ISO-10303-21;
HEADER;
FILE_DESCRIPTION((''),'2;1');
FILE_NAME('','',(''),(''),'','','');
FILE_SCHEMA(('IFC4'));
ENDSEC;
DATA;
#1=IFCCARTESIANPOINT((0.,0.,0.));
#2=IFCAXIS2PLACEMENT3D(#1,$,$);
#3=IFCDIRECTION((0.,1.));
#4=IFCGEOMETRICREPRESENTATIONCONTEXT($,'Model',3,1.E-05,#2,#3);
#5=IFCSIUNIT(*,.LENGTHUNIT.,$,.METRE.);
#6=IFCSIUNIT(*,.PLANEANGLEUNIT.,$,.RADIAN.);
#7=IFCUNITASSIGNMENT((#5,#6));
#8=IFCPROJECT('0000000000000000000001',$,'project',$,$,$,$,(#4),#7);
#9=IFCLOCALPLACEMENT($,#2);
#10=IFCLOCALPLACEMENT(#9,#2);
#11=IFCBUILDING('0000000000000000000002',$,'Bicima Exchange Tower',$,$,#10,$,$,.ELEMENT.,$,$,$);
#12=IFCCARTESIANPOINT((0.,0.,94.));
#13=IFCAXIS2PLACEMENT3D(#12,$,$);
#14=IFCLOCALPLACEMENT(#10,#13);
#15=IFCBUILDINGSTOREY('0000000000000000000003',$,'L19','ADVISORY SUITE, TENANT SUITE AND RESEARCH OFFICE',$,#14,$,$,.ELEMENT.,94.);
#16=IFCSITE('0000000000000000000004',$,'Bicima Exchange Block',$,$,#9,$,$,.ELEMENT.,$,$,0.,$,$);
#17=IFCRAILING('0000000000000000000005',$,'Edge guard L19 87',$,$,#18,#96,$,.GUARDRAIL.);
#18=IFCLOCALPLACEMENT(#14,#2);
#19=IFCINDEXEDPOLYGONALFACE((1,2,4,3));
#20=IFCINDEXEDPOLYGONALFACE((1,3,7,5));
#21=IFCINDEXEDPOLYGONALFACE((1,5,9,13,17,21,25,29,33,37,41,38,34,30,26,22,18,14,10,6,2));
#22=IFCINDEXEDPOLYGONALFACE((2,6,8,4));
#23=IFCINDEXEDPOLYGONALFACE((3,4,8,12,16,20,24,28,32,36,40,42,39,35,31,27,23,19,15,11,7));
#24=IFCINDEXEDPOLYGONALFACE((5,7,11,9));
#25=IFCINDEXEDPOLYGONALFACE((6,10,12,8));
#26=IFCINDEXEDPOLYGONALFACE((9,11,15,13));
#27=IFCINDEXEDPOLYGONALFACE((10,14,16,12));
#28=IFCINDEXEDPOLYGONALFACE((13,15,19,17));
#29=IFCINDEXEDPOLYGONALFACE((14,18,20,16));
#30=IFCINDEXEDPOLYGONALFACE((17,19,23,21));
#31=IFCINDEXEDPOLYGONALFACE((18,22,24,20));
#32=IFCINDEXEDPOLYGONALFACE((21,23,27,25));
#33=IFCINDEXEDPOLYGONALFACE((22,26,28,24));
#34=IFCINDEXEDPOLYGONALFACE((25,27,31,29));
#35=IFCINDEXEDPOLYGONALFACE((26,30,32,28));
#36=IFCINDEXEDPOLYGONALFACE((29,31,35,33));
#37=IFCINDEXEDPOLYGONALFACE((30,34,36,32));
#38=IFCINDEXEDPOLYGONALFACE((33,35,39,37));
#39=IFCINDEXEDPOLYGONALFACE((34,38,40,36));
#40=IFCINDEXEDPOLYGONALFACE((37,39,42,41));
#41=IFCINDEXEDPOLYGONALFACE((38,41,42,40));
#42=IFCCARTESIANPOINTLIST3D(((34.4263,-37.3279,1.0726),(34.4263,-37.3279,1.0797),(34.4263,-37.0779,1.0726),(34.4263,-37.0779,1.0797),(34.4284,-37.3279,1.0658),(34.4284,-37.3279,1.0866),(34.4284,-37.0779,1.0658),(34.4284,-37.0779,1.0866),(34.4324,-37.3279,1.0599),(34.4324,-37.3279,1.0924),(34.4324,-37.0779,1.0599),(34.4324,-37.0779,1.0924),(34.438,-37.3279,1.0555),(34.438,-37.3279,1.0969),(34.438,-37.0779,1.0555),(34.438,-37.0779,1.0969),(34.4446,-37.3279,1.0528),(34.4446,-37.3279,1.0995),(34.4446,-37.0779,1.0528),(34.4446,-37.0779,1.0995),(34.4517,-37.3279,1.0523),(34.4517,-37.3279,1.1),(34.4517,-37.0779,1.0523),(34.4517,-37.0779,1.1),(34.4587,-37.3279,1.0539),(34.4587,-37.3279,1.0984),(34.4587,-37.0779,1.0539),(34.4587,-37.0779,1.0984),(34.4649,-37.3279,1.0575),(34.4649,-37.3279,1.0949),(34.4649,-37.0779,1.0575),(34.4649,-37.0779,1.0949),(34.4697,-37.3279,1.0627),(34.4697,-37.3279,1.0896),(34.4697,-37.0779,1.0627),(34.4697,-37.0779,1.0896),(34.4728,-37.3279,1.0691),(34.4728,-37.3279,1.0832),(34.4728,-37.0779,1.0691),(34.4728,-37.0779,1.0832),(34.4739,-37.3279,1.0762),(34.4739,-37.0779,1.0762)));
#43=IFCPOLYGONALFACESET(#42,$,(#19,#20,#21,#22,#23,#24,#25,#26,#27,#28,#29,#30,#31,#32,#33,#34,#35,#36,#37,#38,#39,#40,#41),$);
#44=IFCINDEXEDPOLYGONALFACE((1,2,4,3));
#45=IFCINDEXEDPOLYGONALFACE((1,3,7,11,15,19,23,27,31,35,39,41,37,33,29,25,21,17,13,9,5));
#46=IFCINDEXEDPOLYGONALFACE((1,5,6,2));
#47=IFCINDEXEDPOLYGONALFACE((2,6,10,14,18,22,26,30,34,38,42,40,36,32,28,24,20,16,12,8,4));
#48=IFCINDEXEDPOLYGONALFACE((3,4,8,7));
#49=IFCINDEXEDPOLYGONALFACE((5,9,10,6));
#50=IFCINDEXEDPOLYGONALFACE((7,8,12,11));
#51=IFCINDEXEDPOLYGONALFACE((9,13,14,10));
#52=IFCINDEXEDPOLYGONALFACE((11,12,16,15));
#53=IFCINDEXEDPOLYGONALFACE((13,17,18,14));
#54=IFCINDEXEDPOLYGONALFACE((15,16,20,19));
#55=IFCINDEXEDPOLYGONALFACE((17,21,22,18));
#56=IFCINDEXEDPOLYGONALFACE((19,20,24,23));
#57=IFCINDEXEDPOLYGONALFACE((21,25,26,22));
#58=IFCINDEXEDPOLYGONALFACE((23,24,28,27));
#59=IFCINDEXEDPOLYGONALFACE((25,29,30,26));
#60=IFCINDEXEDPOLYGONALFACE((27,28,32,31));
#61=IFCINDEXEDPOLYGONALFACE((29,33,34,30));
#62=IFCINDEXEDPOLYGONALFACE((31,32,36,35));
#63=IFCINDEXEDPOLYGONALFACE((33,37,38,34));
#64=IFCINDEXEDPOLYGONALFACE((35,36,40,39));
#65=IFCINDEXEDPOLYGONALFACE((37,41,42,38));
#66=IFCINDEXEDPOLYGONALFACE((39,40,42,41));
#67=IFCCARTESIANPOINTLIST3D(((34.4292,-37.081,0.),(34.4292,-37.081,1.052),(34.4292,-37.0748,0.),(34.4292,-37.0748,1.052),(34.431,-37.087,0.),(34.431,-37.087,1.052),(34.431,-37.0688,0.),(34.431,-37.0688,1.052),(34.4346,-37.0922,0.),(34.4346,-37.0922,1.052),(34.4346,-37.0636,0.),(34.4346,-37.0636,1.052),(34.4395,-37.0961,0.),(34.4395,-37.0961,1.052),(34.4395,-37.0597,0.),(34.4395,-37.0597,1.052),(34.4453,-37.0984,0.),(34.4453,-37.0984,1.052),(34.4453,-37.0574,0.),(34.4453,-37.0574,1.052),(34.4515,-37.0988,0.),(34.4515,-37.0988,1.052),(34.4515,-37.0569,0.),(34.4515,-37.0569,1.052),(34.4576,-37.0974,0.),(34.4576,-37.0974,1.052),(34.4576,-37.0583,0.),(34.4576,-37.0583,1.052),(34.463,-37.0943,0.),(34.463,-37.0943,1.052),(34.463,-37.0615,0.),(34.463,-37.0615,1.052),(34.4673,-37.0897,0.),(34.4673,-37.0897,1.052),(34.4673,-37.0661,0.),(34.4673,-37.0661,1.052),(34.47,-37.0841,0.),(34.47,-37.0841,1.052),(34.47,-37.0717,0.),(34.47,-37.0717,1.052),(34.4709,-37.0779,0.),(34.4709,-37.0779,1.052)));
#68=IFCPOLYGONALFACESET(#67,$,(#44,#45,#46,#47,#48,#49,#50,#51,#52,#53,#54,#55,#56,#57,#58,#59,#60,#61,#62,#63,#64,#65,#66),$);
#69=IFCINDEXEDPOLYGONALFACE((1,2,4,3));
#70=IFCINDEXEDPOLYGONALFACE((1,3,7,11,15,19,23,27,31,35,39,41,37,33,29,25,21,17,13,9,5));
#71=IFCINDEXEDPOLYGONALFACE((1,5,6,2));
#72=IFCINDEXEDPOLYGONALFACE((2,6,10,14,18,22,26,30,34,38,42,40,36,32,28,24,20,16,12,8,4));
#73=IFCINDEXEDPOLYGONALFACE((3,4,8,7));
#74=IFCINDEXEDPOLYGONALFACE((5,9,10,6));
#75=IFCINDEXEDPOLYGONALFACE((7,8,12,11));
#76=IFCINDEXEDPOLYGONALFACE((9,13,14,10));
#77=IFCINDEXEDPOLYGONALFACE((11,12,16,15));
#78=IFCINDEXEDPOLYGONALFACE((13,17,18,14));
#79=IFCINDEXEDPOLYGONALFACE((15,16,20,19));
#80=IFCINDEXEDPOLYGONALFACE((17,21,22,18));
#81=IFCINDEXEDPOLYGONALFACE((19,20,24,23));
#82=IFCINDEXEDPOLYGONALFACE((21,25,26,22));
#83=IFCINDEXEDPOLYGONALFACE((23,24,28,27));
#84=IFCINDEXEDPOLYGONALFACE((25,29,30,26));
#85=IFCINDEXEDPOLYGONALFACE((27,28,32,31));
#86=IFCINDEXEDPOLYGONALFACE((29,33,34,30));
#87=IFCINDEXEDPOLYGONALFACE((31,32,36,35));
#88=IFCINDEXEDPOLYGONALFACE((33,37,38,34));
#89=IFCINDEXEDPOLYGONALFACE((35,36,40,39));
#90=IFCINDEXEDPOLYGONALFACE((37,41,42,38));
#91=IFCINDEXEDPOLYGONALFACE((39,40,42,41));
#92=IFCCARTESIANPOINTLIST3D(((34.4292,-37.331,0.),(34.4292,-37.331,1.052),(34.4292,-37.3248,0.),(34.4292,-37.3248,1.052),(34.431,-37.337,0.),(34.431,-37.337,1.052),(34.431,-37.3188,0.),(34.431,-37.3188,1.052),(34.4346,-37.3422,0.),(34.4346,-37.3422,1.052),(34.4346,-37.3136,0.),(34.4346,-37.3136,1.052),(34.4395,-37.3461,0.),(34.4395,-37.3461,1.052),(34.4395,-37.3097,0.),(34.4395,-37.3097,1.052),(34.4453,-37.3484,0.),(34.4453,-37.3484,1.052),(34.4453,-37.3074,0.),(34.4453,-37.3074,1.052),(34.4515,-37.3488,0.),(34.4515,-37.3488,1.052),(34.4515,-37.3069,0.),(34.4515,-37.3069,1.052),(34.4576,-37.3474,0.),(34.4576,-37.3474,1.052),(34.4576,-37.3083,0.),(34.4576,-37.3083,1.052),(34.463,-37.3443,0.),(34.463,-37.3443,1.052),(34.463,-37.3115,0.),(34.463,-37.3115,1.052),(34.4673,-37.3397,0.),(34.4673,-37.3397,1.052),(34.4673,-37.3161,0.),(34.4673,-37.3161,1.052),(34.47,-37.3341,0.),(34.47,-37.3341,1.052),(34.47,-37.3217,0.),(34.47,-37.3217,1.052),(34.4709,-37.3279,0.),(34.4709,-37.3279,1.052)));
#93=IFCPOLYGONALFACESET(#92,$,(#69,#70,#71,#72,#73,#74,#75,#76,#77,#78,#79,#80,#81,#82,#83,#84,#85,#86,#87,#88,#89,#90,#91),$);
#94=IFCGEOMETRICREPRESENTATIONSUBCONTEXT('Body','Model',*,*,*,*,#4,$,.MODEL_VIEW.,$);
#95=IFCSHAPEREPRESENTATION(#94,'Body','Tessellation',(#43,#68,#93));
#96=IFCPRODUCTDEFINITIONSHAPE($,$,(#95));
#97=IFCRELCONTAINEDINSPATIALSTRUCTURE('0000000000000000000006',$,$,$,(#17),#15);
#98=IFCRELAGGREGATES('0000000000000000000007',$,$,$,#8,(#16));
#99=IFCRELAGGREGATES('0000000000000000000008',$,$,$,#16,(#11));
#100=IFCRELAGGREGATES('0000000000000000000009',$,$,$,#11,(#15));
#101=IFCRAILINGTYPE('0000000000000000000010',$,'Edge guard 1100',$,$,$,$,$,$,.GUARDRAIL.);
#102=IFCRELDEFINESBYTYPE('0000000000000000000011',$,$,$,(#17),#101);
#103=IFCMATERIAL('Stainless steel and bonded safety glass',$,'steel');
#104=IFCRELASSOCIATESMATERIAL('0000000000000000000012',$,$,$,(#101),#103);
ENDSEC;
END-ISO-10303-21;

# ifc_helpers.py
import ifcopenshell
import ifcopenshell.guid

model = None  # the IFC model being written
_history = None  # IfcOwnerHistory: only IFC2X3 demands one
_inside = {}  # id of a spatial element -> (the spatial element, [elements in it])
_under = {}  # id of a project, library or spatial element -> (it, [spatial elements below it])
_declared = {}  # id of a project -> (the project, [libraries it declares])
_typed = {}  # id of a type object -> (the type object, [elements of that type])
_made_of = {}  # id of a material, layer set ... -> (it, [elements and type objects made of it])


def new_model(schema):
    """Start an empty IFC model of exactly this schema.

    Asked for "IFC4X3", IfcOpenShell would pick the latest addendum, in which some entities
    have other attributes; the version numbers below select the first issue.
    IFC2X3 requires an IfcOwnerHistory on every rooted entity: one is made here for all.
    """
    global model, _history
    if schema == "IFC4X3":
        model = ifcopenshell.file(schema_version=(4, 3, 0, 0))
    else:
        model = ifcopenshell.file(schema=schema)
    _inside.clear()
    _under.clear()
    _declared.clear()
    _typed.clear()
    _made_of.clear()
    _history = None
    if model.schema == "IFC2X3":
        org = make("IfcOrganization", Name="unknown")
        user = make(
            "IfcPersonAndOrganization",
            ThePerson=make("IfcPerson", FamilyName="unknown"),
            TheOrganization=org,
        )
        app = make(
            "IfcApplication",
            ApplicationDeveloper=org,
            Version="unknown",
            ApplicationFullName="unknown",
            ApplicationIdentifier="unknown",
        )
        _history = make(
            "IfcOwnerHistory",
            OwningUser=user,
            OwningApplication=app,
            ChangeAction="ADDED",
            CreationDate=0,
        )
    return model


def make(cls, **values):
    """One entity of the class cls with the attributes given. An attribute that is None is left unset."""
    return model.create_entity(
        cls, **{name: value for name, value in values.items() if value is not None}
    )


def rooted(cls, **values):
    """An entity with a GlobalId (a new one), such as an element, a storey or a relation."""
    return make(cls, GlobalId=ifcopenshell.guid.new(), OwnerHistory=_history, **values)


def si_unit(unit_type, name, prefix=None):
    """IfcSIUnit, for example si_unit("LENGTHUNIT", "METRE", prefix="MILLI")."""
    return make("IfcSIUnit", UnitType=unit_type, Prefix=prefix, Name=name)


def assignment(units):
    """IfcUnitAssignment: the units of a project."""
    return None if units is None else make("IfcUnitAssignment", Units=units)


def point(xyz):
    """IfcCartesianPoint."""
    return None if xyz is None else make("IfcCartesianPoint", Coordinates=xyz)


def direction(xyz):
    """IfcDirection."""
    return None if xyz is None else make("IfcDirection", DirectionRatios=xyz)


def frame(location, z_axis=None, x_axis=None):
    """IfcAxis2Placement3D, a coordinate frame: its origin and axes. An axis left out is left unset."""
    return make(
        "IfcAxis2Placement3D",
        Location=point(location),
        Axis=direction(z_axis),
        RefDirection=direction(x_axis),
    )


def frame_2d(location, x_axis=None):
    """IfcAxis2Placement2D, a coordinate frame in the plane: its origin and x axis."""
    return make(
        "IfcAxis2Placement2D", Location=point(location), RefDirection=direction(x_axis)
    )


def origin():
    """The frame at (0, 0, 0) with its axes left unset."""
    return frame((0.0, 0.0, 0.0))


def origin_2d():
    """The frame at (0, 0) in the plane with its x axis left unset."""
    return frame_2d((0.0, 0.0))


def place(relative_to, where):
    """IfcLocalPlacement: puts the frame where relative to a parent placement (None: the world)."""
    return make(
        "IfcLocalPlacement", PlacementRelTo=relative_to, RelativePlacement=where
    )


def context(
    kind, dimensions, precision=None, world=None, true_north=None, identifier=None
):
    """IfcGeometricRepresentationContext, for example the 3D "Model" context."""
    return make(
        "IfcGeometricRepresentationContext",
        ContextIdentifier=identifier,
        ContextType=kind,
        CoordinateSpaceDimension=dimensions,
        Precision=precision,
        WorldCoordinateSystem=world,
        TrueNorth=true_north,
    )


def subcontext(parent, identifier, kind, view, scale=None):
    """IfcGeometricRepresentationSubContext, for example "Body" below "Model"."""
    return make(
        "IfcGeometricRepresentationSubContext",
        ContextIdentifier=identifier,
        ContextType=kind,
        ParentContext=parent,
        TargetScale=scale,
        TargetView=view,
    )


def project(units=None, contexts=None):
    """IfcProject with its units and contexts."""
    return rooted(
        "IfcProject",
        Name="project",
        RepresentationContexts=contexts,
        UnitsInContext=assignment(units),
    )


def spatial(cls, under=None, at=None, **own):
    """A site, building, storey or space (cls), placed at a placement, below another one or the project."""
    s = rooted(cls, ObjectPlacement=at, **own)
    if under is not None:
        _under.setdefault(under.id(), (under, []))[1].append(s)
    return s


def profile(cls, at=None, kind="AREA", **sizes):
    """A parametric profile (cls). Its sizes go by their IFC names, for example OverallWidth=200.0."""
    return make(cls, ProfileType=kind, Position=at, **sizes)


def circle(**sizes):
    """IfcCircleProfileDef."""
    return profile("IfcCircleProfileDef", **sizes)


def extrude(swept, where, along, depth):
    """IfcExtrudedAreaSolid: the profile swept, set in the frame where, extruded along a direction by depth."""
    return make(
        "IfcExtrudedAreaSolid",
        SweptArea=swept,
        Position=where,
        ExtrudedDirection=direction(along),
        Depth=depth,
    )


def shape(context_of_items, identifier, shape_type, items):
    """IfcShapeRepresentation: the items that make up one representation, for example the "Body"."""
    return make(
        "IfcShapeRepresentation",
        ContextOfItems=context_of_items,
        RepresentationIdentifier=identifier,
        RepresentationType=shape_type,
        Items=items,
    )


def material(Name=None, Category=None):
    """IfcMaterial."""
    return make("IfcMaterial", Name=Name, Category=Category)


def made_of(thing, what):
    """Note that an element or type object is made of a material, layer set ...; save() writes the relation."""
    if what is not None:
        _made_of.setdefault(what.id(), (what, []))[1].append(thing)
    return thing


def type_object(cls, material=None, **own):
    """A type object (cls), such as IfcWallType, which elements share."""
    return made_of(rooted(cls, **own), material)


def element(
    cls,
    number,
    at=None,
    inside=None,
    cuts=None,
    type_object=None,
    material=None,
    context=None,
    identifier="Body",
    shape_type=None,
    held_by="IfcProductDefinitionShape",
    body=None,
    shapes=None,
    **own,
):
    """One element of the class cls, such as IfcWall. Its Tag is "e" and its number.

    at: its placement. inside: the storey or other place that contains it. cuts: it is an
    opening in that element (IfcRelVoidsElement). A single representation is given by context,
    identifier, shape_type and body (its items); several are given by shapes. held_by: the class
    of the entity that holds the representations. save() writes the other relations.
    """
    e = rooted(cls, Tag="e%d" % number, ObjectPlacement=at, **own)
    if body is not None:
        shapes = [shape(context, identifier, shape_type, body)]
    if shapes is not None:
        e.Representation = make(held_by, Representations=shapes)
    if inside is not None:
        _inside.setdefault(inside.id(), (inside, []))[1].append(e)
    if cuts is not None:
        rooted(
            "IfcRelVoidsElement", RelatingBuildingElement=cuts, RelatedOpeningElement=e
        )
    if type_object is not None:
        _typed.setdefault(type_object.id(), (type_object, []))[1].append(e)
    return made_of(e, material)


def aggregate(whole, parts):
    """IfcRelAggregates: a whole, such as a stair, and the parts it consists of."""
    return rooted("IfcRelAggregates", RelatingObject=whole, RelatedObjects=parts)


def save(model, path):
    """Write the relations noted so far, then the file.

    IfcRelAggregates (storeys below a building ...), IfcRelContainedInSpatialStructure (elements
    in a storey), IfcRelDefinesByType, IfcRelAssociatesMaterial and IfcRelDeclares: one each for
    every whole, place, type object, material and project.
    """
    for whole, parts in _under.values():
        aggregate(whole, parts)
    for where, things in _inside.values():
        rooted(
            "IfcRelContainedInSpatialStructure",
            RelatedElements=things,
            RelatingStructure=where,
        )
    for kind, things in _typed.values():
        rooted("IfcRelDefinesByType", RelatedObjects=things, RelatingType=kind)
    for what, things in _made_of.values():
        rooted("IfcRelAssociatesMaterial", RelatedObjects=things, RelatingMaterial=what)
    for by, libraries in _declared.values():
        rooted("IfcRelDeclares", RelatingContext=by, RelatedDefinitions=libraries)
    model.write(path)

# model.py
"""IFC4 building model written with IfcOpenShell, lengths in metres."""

from ifc_helpers import new_model, si_unit, direction, frame, origin, origin_2d, place, context, subcontext, project, spatial, circle, extrude, material, type_object, element, save


model = new_model("IFC4")

# Units and contexts
model_context = context("Model", 3, precision=1e-05, world=origin(), true_north=direction((0.0, 1.0)))
body_context = subcontext(model_context, "Body", "Model", "MODEL_VIEW")
ifc_project = project(units=[si_unit("LENGTHUNIT", "METRE"), si_unit("PLANEANGLEUNIT", "RADIAN")], contexts=[model_context])

# Site, building, storey
site_placement = place(None, origin())
site = spatial("IfcSite", under=ifc_project, at=site_placement, Name="Bicima Exchange Block", CompositionType="ELEMENT", RefElevation=0.0)
building_placement = place(site_placement, origin())
building = spatial("IfcBuilding", under=site, at=building_placement, Name="Bicima Exchange Tower", CompositionType="ELEMENT")
storey_placement = place(building_placement, frame((0.0, 0.0, 94.0)))
storey = spatial("IfcBuildingStorey", under=building, at=storey_placement, Name="L19", Description="ADVISORY SUITE, TENANT SUITE AND RESEARCH OFFICE", CompositionType="ELEMENT", Elevation=94.0)

# Railing
ifc_material_1 = material(Name="Stainless steel and bonded safety glass", Category="steel")
railing_type = type_object("IfcRailingType", Name="Edge guard 1100", PredefinedType="GUARDRAIL", material=ifc_material_1)
railing_1_placement = place(storey_placement, frame((34.45, -37.0779, 0.0)))
element("IfcRailing", 1, at=railing_1_placement, inside=storey, type_object=railing_type, Name="Edge guard L19 87", PredefinedType="GUARDRAIL", context=body_context, shape_type="SweptSolid", body=[
    extrude(circle(Radius=0.0239, at=origin_2d()), frame((0.0, 0.0, 1.0762), z_axis=(0.0, -1.0, 0.0), x_axis=(1.0, 0.0, 0.0)), (0.0, 0.0, 1.0), 0.25),
    extrude(circle(Radius=0.021, at=origin_2d()), origin(), (0.0, 0.0, 1.0), 1.052),
    extrude(circle(Radius=0.021, at=origin_2d()), frame((0.0, -0.25, 0.0)), (0.0, 0.0, 1.0), 1.052),
])

save(model, "model.ifc")
